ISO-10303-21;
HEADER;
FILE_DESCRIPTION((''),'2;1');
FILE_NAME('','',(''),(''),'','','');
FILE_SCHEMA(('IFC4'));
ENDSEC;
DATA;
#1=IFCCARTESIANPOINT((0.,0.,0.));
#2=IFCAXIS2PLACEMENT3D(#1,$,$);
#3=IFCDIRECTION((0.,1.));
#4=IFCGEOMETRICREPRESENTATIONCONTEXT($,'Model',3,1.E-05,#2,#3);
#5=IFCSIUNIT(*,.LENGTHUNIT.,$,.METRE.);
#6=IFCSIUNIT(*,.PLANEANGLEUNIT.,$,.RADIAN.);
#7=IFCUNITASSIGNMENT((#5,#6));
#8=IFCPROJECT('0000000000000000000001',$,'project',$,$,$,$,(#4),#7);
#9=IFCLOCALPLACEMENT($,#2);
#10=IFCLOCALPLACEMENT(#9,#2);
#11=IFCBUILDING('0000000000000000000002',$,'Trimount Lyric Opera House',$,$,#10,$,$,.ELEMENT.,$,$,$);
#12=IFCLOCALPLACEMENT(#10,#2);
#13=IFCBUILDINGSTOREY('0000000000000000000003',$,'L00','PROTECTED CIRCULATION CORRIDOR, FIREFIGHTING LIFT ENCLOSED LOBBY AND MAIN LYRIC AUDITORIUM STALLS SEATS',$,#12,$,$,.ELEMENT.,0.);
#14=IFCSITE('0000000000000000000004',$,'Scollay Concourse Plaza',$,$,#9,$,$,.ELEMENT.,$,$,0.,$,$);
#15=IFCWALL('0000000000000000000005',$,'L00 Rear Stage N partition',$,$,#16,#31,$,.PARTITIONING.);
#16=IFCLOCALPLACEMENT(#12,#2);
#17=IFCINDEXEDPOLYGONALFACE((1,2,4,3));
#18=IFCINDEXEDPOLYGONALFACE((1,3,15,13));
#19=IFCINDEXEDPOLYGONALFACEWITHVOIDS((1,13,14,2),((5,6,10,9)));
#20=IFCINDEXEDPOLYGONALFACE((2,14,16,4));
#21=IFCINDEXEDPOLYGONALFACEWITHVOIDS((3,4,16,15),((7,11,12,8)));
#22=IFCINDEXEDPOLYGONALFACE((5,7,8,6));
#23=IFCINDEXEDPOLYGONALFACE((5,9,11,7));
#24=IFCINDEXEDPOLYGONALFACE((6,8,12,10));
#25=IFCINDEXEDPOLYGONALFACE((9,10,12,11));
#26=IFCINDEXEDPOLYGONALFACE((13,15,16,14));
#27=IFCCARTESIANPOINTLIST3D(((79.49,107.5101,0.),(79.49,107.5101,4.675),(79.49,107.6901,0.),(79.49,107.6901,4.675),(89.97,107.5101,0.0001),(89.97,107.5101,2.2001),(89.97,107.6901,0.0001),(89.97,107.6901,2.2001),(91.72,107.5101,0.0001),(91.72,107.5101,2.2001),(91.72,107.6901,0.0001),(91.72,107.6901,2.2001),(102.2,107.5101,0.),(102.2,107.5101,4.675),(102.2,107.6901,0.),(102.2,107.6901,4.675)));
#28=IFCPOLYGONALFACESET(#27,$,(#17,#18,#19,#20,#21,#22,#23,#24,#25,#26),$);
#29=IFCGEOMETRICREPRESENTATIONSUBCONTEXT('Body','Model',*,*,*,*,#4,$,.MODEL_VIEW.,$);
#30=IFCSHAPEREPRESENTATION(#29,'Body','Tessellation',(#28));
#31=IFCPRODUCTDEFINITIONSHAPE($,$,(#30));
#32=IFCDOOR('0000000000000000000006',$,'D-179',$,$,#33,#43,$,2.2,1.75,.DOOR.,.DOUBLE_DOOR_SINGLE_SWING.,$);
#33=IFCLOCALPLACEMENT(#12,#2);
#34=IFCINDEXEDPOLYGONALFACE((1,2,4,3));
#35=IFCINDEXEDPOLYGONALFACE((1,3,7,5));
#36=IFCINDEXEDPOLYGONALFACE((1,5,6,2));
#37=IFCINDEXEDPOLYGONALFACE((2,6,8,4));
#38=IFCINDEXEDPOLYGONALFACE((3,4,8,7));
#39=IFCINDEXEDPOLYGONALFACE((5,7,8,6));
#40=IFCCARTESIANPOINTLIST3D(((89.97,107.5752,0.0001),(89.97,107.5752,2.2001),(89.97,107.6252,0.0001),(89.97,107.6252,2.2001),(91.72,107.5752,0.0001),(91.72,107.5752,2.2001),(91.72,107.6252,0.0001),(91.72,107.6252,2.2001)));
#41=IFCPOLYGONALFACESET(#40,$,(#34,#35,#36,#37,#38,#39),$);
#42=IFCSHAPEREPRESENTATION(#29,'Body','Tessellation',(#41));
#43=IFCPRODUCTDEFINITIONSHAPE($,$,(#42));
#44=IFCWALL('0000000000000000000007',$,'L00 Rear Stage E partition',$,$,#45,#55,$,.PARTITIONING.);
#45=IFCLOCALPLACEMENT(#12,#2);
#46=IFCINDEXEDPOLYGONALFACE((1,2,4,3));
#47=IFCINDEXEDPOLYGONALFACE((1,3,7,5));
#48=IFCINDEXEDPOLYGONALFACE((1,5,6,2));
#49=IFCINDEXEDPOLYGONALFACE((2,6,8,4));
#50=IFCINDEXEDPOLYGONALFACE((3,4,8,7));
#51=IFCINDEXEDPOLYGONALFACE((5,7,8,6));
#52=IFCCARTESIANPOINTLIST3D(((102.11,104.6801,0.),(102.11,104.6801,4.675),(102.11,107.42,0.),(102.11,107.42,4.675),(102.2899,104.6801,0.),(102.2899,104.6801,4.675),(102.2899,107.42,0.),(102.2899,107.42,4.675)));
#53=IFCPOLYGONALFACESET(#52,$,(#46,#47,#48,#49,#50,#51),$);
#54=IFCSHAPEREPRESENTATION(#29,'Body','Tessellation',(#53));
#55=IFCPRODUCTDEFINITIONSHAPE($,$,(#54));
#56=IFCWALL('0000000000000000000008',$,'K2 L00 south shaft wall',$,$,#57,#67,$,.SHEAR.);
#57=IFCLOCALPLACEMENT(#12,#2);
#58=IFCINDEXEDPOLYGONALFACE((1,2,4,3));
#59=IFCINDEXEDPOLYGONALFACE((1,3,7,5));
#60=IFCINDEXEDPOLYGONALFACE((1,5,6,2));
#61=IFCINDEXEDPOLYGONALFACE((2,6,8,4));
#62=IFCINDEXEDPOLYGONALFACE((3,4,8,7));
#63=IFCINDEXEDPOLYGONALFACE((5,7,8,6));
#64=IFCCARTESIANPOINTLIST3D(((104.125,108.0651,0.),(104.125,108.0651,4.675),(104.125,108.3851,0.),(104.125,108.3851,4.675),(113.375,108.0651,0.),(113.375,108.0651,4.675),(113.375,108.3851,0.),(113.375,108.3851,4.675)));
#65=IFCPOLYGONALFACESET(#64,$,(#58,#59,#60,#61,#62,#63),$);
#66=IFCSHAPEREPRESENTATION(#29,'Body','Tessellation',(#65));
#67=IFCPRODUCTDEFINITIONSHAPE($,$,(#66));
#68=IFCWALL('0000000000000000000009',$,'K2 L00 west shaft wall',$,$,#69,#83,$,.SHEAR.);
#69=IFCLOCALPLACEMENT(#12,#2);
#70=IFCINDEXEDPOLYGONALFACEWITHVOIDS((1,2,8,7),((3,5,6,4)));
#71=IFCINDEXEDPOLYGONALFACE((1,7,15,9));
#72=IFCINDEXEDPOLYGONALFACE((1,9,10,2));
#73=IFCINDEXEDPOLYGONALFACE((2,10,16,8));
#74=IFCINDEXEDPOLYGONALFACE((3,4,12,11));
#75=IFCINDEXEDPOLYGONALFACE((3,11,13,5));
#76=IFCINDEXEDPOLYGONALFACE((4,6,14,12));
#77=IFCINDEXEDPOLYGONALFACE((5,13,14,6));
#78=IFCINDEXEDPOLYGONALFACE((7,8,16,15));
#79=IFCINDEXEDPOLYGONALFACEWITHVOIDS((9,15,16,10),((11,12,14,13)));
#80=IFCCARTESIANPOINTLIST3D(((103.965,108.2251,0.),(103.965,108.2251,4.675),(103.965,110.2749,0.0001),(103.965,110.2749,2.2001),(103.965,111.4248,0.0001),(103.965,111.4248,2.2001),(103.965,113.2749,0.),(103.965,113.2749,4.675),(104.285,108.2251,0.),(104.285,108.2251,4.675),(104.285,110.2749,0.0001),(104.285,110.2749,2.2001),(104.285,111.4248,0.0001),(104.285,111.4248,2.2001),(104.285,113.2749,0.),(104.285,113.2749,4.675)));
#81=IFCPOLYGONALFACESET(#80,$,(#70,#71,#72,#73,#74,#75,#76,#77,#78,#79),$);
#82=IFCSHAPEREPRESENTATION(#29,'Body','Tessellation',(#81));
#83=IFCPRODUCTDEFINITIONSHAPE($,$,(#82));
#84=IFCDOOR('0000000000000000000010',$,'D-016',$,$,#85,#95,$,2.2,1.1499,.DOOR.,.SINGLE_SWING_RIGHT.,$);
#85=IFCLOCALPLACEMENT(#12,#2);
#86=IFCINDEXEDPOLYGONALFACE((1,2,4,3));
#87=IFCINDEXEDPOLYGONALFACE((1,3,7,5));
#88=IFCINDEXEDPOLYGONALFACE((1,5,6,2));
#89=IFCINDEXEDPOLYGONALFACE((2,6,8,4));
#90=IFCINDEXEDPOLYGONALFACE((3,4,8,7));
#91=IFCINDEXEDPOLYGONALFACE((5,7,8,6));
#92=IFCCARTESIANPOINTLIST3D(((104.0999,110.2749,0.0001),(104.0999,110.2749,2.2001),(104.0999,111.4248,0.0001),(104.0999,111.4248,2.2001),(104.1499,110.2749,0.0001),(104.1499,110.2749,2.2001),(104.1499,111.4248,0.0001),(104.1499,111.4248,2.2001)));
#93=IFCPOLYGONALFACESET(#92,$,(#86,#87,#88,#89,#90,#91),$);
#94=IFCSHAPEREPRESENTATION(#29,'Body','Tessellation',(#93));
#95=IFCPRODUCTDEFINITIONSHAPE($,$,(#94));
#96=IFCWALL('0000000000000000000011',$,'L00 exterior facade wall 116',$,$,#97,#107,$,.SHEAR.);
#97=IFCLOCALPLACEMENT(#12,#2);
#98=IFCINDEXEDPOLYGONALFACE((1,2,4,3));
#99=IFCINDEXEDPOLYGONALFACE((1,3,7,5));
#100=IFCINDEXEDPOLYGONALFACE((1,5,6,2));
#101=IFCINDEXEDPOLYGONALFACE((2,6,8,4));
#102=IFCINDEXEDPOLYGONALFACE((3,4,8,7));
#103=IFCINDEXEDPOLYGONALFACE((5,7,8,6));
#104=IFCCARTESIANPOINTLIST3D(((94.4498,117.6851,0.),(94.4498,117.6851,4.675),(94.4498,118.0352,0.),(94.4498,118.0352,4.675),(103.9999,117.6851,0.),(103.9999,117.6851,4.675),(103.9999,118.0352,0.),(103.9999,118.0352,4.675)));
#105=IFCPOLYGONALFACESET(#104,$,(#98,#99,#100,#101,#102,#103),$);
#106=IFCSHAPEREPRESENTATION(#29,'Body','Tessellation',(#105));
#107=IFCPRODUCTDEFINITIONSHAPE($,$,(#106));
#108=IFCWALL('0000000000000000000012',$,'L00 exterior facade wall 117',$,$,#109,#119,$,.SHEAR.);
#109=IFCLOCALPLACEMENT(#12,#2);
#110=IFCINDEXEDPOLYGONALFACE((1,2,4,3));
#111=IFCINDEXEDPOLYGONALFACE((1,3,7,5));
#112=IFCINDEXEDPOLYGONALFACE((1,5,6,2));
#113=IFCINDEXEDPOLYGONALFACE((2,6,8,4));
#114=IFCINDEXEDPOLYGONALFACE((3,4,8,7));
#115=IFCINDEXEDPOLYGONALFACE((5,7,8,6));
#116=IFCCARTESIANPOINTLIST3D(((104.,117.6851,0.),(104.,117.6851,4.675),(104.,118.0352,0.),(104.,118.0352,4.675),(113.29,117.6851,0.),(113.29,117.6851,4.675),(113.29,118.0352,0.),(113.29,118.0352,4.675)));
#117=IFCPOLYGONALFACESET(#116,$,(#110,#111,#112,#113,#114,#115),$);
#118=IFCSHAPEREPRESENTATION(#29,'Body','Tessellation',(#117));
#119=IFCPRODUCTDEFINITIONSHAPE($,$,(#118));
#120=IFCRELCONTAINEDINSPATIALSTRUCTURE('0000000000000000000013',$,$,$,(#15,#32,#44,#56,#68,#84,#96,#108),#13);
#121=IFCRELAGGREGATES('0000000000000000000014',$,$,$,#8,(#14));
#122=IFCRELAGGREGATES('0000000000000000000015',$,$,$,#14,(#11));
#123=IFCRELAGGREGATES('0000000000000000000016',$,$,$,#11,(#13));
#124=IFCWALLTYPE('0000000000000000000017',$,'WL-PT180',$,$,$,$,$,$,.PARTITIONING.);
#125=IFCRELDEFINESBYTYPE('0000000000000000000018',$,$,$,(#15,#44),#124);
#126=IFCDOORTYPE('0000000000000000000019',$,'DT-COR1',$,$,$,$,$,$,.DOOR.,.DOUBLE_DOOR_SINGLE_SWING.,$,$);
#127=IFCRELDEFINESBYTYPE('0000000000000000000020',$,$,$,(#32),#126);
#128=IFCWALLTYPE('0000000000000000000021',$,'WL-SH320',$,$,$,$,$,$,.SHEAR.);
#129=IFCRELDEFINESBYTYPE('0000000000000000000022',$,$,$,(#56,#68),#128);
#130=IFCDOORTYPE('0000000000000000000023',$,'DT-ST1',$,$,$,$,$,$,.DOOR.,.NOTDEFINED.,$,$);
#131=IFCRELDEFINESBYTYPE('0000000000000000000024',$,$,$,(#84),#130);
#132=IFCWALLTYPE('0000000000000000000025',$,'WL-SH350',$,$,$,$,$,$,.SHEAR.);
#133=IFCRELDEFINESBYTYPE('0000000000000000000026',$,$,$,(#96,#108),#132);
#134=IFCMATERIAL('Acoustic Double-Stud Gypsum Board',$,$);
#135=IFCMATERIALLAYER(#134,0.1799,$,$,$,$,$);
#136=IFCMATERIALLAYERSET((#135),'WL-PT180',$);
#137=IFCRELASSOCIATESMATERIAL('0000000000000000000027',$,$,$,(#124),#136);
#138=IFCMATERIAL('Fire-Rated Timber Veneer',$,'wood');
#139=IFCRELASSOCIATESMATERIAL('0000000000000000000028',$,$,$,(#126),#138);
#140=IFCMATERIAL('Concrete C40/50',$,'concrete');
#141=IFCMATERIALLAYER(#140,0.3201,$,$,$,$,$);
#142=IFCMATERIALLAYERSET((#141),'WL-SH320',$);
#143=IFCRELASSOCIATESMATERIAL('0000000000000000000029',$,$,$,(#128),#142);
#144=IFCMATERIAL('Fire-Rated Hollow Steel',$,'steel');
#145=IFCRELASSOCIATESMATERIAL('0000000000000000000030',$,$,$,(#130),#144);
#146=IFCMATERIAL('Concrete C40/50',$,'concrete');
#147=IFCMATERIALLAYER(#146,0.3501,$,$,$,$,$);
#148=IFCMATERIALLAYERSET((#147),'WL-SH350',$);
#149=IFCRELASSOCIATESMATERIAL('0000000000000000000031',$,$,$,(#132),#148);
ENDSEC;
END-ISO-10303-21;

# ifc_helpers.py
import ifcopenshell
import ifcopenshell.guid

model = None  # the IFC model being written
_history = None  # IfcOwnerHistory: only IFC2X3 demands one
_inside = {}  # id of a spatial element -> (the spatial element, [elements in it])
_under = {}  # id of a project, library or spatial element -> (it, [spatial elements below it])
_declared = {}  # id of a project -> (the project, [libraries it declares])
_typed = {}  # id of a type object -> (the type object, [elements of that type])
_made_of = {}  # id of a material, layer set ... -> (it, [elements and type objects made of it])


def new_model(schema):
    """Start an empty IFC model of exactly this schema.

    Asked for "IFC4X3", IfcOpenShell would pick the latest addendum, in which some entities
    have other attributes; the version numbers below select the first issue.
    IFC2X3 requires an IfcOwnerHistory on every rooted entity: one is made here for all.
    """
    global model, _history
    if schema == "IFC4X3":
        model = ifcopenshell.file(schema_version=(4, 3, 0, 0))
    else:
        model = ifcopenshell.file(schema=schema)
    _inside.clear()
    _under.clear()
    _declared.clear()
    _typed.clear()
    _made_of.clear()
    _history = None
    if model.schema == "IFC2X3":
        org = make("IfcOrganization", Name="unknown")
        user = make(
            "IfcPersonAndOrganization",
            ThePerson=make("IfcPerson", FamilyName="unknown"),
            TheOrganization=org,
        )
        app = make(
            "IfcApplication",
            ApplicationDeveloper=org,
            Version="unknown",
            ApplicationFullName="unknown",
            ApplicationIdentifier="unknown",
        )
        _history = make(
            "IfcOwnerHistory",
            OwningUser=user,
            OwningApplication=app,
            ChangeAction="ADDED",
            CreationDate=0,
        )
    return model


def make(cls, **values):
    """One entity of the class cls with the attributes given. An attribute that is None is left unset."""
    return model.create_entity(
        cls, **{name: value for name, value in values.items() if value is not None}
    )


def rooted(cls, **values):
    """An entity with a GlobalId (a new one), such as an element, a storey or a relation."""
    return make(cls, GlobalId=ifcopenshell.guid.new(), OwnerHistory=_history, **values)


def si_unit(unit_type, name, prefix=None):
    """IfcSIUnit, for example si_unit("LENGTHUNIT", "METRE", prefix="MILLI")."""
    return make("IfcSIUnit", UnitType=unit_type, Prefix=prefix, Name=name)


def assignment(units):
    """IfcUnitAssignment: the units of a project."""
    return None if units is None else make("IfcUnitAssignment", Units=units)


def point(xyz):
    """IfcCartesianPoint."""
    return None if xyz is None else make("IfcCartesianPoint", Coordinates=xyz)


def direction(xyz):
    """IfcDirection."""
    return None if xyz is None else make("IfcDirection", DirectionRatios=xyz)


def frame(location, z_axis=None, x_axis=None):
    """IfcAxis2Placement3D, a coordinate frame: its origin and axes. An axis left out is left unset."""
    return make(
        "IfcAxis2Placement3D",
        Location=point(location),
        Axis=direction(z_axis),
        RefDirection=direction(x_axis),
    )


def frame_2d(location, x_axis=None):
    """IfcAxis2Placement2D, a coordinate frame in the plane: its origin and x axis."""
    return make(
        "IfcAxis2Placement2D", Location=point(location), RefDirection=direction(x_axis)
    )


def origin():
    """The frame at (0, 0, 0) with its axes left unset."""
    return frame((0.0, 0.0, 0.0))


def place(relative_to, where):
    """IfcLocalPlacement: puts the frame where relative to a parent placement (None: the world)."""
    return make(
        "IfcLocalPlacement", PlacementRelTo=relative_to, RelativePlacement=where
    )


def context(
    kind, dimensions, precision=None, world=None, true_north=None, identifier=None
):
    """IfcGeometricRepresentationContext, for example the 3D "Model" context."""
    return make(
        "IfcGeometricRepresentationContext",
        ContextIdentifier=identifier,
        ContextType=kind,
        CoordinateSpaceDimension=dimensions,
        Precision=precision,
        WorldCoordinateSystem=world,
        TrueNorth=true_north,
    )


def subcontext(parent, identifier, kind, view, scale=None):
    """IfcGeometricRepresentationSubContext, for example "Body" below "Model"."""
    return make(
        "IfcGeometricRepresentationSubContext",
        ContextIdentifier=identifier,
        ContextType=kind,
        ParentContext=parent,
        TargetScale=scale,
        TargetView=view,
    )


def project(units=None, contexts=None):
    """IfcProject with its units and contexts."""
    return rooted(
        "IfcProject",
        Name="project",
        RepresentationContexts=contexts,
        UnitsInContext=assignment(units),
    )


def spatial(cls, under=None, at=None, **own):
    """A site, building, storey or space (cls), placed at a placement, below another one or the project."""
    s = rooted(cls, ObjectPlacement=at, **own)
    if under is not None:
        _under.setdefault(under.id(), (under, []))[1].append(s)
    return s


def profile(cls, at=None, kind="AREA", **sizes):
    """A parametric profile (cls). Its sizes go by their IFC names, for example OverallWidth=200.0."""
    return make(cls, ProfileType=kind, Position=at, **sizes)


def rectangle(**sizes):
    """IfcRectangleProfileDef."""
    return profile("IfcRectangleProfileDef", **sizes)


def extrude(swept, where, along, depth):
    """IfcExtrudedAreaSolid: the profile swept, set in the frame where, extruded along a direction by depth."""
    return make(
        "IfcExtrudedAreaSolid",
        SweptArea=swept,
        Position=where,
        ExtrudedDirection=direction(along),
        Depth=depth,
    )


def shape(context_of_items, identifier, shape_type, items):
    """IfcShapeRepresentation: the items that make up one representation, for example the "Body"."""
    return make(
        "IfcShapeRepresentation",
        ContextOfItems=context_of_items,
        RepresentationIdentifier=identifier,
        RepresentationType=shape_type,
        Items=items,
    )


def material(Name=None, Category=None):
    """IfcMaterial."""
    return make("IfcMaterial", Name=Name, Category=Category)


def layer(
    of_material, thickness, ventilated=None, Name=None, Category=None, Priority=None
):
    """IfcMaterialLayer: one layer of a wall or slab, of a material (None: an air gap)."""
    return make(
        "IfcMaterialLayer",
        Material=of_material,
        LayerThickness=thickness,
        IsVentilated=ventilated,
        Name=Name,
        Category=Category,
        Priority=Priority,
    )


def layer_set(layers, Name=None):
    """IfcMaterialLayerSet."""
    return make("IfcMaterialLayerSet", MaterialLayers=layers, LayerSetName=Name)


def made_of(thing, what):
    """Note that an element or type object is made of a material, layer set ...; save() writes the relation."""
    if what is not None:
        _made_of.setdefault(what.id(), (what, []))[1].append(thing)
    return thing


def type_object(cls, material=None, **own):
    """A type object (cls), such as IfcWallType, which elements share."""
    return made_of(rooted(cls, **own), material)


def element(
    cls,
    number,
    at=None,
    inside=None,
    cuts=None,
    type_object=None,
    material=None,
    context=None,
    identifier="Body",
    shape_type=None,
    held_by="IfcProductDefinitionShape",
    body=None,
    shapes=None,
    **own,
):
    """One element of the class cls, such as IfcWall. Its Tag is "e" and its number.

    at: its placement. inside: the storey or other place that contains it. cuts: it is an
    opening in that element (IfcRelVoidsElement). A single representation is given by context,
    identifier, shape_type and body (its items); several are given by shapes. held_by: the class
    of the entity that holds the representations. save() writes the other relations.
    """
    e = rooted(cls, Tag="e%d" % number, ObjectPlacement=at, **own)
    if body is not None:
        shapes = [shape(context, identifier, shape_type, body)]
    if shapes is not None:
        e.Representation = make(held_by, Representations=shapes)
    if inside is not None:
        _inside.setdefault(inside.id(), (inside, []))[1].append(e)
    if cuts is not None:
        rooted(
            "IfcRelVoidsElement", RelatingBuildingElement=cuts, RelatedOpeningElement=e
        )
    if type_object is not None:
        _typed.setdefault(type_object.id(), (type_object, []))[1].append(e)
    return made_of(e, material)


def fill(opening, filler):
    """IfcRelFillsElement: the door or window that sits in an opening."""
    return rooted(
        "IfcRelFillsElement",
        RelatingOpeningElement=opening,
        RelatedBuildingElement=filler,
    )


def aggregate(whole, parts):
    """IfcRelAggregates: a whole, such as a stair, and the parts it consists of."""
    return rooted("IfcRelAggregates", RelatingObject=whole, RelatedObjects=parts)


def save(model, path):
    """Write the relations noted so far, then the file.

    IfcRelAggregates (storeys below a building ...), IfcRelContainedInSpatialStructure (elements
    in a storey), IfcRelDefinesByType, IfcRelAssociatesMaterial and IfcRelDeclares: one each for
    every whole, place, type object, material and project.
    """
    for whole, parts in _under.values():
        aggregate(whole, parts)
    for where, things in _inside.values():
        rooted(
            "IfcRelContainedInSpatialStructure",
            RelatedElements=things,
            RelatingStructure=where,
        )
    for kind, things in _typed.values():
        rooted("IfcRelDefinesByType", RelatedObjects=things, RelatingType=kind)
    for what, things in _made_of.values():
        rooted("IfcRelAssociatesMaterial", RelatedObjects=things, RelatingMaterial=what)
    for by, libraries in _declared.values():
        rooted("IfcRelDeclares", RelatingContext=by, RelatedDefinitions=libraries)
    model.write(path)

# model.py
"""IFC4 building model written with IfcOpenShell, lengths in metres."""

from ifc_helpers import new_model, si_unit, direction, frame, frame_2d, origin, place, context, subcontext, project, spatial, rectangle, extrude, material, layer, layer_set, type_object, element, fill, save


model = new_model("IFC4")

# Units and contexts
model_context = context("Model", 3, precision=1e-05, world=origin(), true_north=direction((0.0, 1.0)))
body_context = subcontext(model_context, "Body", "Model", "MODEL_VIEW")
ifc_project = project(units=[si_unit("LENGTHUNIT", "METRE"), si_unit("PLANEANGLEUNIT", "RADIAN")], contexts=[model_context])

# Site, building, storey
site_placement = place(None, origin())
site = spatial("IfcSite", under=ifc_project, at=site_placement, Name="Scollay Concourse Plaza", CompositionType="ELEMENT", RefElevation=0.0)
building_placement = place(site_placement, origin())
building = spatial("IfcBuilding", under=site, at=building_placement, Name="Trimount Lyric Opera House", CompositionType="ELEMENT")
storey_placement = place(building_placement, origin())
storey = spatial("IfcBuildingStorey", under=building, at=storey_placement, Name="L00", Description="PROTECTED CIRCULATION CORRIDOR, FIREFIGHTING LIFT ENCLOSED LOBBY AND MAIN LYRIC AUDITORIUM STALLS SEATS", CompositionType="ELEMENT", Elevation=0.0)

# Shared definitions
ifc_material_1 = material(Name="Acoustic Double-Stud Gypsum Board")
ifc_layer_1 = layer(ifc_material_1, 0.1799)
ifc_layer_set_1 = layer_set([ifc_layer_1], Name="WL-PT180")
wall_type_1 = type_object("IfcWallType", Name="WL-PT180", PredefinedType="PARTITIONING", material=ifc_layer_set_1)

# Wall, opening, door
wall_1_placement = place(storey_placement, frame((102.2, 107.6001, 0.0), z_axis=(0.0, 0.0, 1.0), x_axis=(-1.0, 0.0, 0.0)))
wall_1 = element("IfcWall", 1, at=wall_1_placement, inside=storey, type_object=wall_type_1, Name="L00 Rear Stage N partition", PredefinedType="PARTITIONING", context=body_context, shape_type="SweptSolid", body=[
    extrude(rectangle(XDim=22.71, YDim=0.1799, at=frame_2d((11.355, 0.0))), origin(), (0.0, 0.0, 1.0), 4.675),
])
opening_1_placement = place(wall_1_placement, frame((10.48, 0.0, 0.0)))
opening_1 = element("IfcOpeningElement", 2, at=opening_1_placement, cuts=wall_1, PredefinedType="OPENING", context=body_context, shape_type="SweptSolid", body=[
    extrude(rectangle(XDim=1.75, YDim=2.2, at=frame_2d((0.875, 1.1001))), frame((0.0, 0.1001, 0.0), z_axis=(0.0, -1.0, 0.0), x_axis=(1.0, 0.0, 0.0)), (0.0, 0.0, 1.0), 0.2),
])
ifc_material_2 = material(Name="Fire-Rated Timber Veneer", Category="wood")
door_type_1 = type_object("IfcDoorType", Name="DT-COR1", OperationType="DOUBLE_DOOR_SINGLE_SWING", PredefinedType="DOOR", material=ifc_material_2)
door_1_placement = place(opening_1_placement, origin())
door_1 = element("IfcDoor", 3, at=door_1_placement, inside=storey, type_object=door_type_1, Name="D-179", OperationType="DOUBLE_DOOR_SINGLE_SWING", OverallHeight=2.2, OverallWidth=1.75, PredefinedType="DOOR", context=body_context, shape_type="SweptSolid", body=[
    extrude(rectangle(XDim=1.75, YDim=2.2, at=frame_2d((0.875, 1.1001))), frame((0.0, 0.0249, 0.0), z_axis=(0.0, -1.0, 0.0), x_axis=(1.0, 0.0, 0.0)), (0.0, 0.0, 1.0), 0.05),
])
fill(opening_1, door_1)

# Walls
wall_2_placement = place(storey_placement, frame((102.2, 104.6799, 0.0), z_axis=(0.0, 0.0, 1.0), x_axis=(0.0, 1.0, 0.0)))
element("IfcWall", 4, at=wall_2_placement, inside=storey, type_object=wall_type_1, Name="L00 Rear Stage E partition", PredefinedType="PARTITIONING", context=body_context, shape_type="SweptSolid", body=[
    extrude(rectangle(XDim=2.74, YDim=0.1799, at=frame_2d((1.3701, 0.0))), origin(), (0.0, 0.0, 1.0), 4.675),
])
ifc_material_3 = material(Name="Concrete C40/50", Category="concrete")
ifc_layer_2 = layer(ifc_material_3, 0.3201)
ifc_layer_set_2 = layer_set([ifc_layer_2], Name="WL-SH320")
wall_type_2 = type_object("IfcWallType", Name="WL-SH320", PredefinedType="SHEAR", material=ifc_layer_set_2)
wall_3_placement = place(storey_placement, frame((104.125, 108.2251, 0.0), z_axis=(0.0, 0.0, 1.0), x_axis=(1.0, 0.0, 0.0)))
element("IfcWall", 5, at=wall_3_placement, inside=storey, type_object=wall_type_2, Name="K2 L00 south shaft wall", PredefinedType="SHEAR", context=body_context, shape_type="SweptSolid", body=[
    extrude(rectangle(XDim=9.25, YDim=0.3201, at=frame_2d((4.625, 0.0))), origin(), (0.0, 0.0, 1.0), 4.675),
])

# Wall, opening, door
wall_4_placement = place(storey_placement, frame((104.125, 113.2749, 0.0), z_axis=(0.0, 0.0, 1.0), x_axis=(0.0, -1.0, 0.0)))
wall_4 = element("IfcWall", 6, at=wall_4_placement, inside=storey, type_object=wall_type_2, Name="K2 L00 west shaft wall", PredefinedType="SHEAR", context=body_context, shape_type="SweptSolid", body=[
    extrude(rectangle(XDim=5.0498, YDim=0.3201, at=frame_2d((2.5249, 0.0))), origin(), (0.0, 0.0, 1.0), 4.675),
])
opening_2_placement = place(wall_4_placement, frame((1.8501, 0.0, 0.0)))
opening_2 = element("IfcOpeningElement", 7, at=opening_2_placement, cuts=wall_4, PredefinedType="OPENING", context=body_context, shape_type="SweptSolid", body=[
    extrude(rectangle(XDim=1.1499, YDim=2.2, at=frame_2d((0.575, 1.1001))), frame((0.0, 0.1699, 0.0), z_axis=(0.0, -1.0, 0.0), x_axis=(1.0, 0.0, 0.0)), (0.0, 0.0, 1.0), 0.3401),
])
ifc_material_4 = material(Name="Fire-Rated Hollow Steel", Category="steel")
door_type_2 = type_object("IfcDoorType", Name="DT-ST1", OperationType="NOTDEFINED", PredefinedType="DOOR", material=ifc_material_4)
door_2_placement = place(opening_2_placement, origin())
door_2 = element("IfcDoor", 8, at=door_2_placement, inside=storey, type_object=door_type_2, Name="D-016", OperationType="SINGLE_SWING_RIGHT", OverallHeight=2.2, OverallWidth=1.1499, PredefinedType="DOOR", context=body_context, shape_type="SweptSolid", body=[
    extrude(rectangle(XDim=1.1499, YDim=2.2, at=frame_2d((0.575, 1.1001))), frame((0.0, 0.0249, 0.0), z_axis=(0.0, -1.0, 0.0), x_axis=(1.0, 0.0, 0.0)), (0.0, 0.0, 1.0), 0.05),
])
fill(opening_2, door_2)

# Walls
ifc_material_5 = material(Name="Concrete C40/50", Category="concrete")
ifc_layer_3 = layer(ifc_material_5, 0.3501)
ifc_layer_set_3 = layer_set([ifc_layer_3], Name="WL-SH350")
wall_type_3 = type_object("IfcWallType", Name="WL-SH350", PredefinedType="SHEAR", material=ifc_layer_set_3)
wall_5_placement = place(storey_placement, frame((94.45, 117.8601, 0.0), z_axis=(0.0, 0.0, 1.0), x_axis=(1.0, 0.0, 0.0)))
element("IfcWall", 9, at=wall_5_placement, inside=storey, type_object=wall_type_3, Name="L00 exterior facade wall 116", PredefinedType="SHEAR", context=body_context, shape_type="SweptSolid", body=[
    extrude(rectangle(XDim=9.55, YDim=0.3501, at=frame_2d((4.7749, 0.0))), origin(), (0.0, 0.0, 1.0), 4.675),
])
wall_6_placement = place(storey_placement, frame((104.0, 117.8601, 0.0), z_axis=(0.0, 0.0, 1.0), x_axis=(1.0, 0.0, 0.0)))
element("IfcWall", 10, at=wall_6_placement, inside=storey, type_object=wall_type_3, Name="L00 exterior facade wall 117", PredefinedType="SHEAR", context=body_context, shape_type="SweptSolid", body=[
    extrude(rectangle(XDim=9.29, YDim=0.3501, at=frame_2d((4.645, 0.0))), origin(), (0.0, 0.0, 1.0), 4.675),
])

save(model, "model.ifc")
